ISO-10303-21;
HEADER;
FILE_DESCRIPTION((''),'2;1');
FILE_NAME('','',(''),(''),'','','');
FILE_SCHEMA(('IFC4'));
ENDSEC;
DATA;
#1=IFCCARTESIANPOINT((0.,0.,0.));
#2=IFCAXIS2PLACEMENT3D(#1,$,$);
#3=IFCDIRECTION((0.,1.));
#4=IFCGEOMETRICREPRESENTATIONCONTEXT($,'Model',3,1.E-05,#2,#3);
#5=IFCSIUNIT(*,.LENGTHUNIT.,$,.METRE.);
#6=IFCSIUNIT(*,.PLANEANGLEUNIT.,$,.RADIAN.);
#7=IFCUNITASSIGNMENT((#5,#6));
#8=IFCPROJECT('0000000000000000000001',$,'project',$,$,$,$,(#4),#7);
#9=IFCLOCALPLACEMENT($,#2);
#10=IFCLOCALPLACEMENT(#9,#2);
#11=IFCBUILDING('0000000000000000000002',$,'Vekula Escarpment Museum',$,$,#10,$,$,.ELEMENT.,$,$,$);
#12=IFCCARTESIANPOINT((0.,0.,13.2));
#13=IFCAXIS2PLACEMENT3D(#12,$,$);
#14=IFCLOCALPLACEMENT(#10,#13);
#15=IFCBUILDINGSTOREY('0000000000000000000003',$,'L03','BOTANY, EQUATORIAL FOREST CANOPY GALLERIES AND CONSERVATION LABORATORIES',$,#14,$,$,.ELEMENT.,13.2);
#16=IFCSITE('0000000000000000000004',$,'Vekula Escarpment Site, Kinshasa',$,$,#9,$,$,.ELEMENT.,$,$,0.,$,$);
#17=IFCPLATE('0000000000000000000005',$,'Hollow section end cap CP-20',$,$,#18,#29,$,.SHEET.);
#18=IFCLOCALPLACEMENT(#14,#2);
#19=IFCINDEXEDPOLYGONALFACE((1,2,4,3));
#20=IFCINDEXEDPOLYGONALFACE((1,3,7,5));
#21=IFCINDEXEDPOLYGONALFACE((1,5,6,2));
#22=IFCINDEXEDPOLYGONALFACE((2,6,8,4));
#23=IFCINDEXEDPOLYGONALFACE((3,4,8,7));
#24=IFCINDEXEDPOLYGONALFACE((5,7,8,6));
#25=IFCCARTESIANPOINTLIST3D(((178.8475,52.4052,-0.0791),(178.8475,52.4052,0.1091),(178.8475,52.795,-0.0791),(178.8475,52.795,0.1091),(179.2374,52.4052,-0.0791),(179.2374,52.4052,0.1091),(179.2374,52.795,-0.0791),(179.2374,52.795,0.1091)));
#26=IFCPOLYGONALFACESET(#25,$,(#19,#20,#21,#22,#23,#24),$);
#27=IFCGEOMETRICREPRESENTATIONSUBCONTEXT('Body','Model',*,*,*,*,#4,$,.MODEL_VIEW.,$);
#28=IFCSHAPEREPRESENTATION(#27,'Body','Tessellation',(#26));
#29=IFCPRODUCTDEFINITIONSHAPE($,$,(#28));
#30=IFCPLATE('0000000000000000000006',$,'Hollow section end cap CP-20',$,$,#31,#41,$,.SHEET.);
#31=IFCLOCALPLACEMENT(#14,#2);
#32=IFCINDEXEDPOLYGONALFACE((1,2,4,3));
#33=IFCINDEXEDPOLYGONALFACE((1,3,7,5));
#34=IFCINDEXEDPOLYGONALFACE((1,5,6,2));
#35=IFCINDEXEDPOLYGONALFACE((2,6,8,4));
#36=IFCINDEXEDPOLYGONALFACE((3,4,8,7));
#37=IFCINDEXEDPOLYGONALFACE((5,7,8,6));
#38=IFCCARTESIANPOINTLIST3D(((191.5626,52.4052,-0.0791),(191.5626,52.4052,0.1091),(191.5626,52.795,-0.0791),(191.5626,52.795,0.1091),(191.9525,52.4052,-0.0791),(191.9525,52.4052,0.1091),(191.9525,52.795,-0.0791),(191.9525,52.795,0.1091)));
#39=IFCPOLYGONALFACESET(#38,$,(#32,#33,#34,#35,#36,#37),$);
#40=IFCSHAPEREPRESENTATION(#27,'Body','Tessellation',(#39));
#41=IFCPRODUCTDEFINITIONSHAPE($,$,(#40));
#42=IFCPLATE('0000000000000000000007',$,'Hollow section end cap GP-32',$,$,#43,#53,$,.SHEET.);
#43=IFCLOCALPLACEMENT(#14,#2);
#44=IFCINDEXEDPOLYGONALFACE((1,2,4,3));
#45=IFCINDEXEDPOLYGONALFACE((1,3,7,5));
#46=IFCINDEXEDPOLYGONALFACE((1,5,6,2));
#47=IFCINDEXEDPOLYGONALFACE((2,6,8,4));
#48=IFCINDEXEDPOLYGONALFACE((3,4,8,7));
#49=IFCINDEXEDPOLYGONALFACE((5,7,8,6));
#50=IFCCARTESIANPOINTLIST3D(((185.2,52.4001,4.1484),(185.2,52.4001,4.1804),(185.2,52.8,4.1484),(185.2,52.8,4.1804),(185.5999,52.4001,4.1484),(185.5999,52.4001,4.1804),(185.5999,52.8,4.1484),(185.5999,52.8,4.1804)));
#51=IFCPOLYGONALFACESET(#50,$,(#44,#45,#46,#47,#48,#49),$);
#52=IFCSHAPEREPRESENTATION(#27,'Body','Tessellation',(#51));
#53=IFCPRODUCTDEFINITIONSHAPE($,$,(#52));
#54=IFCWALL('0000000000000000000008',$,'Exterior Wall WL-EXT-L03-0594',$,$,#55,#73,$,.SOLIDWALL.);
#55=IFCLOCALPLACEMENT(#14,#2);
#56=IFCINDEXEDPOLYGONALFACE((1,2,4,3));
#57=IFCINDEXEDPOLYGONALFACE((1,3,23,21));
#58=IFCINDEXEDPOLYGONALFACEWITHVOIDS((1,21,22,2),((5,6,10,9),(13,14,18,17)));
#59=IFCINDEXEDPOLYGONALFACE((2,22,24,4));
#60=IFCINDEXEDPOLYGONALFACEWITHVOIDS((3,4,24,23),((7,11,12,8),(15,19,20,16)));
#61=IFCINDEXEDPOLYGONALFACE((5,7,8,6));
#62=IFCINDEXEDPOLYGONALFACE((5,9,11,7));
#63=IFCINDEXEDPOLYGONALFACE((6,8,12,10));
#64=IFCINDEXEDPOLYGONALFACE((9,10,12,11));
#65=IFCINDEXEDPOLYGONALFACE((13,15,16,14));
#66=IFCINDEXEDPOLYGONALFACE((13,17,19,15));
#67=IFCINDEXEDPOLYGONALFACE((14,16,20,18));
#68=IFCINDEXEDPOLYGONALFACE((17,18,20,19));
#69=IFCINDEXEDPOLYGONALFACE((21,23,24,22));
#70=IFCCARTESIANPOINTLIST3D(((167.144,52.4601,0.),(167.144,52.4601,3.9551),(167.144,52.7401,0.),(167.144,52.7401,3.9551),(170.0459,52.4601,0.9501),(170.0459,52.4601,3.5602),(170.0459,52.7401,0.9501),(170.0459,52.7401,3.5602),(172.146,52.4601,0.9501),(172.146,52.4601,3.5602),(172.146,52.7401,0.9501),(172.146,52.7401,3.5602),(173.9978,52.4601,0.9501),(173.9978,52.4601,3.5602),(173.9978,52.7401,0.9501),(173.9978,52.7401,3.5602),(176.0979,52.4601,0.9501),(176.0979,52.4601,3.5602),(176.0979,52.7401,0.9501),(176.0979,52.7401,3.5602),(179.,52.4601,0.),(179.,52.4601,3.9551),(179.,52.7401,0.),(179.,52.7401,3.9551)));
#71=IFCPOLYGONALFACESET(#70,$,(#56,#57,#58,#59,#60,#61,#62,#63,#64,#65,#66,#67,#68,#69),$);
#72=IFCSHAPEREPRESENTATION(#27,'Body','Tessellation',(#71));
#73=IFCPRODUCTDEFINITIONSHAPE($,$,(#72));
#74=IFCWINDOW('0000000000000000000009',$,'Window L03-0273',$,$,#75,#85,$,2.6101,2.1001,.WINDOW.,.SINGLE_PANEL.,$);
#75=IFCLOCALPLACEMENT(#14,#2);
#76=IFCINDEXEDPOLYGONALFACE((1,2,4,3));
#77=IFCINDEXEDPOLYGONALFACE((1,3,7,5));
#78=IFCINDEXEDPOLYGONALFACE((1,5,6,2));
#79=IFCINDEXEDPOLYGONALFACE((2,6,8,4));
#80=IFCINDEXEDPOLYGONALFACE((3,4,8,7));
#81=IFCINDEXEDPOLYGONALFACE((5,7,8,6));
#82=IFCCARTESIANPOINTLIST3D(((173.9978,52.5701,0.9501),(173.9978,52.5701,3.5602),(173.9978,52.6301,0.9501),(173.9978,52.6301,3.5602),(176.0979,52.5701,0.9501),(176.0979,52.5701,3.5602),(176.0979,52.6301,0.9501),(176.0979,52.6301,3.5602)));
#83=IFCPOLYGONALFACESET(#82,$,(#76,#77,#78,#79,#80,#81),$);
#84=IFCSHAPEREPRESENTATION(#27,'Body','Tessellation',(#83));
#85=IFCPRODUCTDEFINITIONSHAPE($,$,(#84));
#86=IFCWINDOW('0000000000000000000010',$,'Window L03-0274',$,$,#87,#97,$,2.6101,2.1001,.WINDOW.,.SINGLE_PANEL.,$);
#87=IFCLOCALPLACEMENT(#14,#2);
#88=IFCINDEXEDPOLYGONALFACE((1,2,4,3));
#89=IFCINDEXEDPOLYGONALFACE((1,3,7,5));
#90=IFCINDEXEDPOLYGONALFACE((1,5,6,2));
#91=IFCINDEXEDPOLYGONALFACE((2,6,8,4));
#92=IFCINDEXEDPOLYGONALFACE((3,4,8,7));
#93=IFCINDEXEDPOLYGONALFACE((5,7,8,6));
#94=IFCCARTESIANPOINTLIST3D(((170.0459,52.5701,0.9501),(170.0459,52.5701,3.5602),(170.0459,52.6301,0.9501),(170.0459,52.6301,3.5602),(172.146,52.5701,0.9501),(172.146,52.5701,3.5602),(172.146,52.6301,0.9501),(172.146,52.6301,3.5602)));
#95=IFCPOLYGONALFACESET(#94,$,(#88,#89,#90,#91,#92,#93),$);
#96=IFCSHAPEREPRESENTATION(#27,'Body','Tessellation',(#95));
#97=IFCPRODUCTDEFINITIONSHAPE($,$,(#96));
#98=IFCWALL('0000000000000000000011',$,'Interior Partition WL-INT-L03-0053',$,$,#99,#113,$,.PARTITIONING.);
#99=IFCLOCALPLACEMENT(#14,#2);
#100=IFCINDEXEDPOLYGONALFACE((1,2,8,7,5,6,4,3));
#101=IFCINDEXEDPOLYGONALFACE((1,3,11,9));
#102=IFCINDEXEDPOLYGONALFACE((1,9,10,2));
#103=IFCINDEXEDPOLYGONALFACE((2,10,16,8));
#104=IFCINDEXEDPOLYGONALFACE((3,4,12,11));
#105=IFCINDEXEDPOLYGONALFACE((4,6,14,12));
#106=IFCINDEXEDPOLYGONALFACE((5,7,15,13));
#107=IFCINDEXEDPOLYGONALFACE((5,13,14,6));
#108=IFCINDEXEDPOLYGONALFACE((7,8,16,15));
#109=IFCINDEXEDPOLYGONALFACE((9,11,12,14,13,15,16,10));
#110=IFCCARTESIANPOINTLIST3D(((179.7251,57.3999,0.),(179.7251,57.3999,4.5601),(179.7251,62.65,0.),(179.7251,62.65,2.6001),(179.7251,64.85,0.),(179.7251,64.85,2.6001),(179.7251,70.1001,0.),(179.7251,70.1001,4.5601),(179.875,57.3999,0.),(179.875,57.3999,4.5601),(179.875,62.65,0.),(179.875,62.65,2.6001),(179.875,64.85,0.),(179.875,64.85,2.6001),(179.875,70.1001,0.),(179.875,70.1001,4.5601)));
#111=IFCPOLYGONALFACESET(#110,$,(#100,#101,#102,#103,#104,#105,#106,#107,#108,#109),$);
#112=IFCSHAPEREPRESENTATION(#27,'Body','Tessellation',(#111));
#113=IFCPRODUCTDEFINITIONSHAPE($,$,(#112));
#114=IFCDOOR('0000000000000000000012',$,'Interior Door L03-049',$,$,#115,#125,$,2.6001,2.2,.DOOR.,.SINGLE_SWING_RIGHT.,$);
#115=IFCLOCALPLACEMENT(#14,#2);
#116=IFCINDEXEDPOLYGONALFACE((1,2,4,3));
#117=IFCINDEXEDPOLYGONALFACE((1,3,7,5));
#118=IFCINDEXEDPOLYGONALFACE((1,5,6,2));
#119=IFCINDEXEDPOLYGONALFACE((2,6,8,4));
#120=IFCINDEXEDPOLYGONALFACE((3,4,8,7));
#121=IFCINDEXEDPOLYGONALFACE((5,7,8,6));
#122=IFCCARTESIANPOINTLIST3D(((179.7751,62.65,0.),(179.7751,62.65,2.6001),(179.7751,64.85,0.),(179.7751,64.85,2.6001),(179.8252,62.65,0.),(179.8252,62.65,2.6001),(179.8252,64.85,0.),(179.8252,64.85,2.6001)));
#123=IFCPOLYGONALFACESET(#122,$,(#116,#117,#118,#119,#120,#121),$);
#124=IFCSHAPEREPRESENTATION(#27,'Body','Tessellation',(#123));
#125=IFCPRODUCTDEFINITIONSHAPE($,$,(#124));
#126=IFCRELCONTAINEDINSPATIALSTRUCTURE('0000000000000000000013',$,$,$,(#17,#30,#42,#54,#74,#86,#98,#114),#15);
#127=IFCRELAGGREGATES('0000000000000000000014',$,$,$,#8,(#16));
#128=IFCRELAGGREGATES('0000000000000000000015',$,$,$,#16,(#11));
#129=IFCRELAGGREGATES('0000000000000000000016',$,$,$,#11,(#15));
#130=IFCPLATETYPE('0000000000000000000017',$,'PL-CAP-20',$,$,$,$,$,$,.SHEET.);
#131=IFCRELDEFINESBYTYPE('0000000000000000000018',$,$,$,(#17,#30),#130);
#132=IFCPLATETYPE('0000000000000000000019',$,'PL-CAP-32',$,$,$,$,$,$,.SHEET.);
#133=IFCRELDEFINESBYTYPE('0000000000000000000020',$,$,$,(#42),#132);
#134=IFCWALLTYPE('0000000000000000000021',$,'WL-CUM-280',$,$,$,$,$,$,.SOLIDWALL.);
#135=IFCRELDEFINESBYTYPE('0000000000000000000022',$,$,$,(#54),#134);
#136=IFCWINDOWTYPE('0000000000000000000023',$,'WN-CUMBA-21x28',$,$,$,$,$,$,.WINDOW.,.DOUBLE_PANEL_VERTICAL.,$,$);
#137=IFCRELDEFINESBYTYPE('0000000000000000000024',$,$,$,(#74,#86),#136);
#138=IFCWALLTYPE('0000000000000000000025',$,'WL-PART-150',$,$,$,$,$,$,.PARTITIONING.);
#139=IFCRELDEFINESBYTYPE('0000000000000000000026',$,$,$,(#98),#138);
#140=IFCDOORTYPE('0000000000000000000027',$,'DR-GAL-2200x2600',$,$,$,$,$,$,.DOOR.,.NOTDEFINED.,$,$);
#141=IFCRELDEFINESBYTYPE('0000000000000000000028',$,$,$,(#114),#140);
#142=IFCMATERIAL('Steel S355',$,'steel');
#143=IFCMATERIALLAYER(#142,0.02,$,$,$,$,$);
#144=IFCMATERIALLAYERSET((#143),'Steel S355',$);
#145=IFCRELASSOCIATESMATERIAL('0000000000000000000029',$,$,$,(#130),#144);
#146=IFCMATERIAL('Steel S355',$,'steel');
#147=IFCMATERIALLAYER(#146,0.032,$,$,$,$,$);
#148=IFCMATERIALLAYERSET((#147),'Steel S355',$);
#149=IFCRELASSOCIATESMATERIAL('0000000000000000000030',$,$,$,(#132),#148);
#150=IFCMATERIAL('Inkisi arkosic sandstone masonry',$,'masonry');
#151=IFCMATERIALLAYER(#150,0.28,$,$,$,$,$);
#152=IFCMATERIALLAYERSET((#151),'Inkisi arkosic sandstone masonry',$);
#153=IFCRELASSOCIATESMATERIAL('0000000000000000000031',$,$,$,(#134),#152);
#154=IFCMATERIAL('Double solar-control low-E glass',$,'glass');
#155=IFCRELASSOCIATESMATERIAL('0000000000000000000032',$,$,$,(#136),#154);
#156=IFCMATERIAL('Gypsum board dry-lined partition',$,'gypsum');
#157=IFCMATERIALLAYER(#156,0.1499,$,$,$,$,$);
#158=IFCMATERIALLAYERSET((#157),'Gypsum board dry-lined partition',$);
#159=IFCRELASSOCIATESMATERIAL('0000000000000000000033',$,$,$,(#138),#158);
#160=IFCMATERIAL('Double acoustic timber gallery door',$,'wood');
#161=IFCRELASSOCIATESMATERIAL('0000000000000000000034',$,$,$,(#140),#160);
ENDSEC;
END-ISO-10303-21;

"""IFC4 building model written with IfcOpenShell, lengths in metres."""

from ifc_helpers import new_model, si_unit, direction, frame, frame_2d, origin, origin_2d, place, context, subcontext, project, spatial, rectangle, extrude, material, layer, layer_set, type_object, element, fill, save


model = new_model("IFC4")

# Units and contexts
model_context = context("Model", 3, precision=1e-05, world=origin(), true_north=direction((0.0, 1.0)))
body_context = subcontext(model_context, "Body", "Model", "MODEL_VIEW")
ifc_project = project(units=[si_unit("LENGTHUNIT", "METRE"), si_unit("PLANEANGLEUNIT", "RADIAN")], contexts=[model_context])

# Site, building, storey
site_placement = place(None, origin())
site = spatial("IfcSite", under=ifc_project, at=site_placement, Name="Vekula Escarpment Site, Kinshasa", CompositionType="ELEMENT", RefElevation=0.0)
building_placement = place(site_placement, origin())
building = spatial("IfcBuilding", under=site, at=building_placement, Name="Vekula Escarpment Museum", CompositionType="ELEMENT")
storey_placement = place(building_placement, frame((0.0, 0.0, 13.2)))
storey = spatial("IfcBuildingStorey", under=building, at=storey_placement, Name="L03", Description="BOTANY, EQUATORIAL FOREST CANOPY GALLERIES AND CONSERVATION LABORATORIES", CompositionType="ELEMENT", Elevation=13.2)

# Plates
ifc_material_1 = material(Name="Steel S355", Category="steel")
ifc_layer_1 = layer(ifc_material_1, 0.02)
ifc_layer_set_1 = layer_set([ifc_layer_1], Name="Steel S355")
plate_type_1 = type_object("IfcPlateType", Name="PL-CAP-20", PredefinedType="SHEET", material=ifc_layer_set_1)
for number, where, z_axis, x_axis, name in (
    (1, (179.0425, 52.6001, -0.0791), (0.0, 0.0, 1.0), (1.0, 0.0, 0.0), "Hollow section end cap CP-20"),
    (2, (191.7576, 52.6001, -0.0791), (0.0, 0.0, 1.0), (1.0, 0.0, 0.0), "Hollow section end cap CP-20"),
):
    element("IfcPlate", number, at=place(storey_placement, frame(where, z_axis=z_axis, x_axis=x_axis)), inside=storey, type_object=plate_type_1, Name=name, PredefinedType="SHEET", context=body_context, shape_type="SweptSolid", body=[
        extrude(rectangle(XDim=0.3899, YDim=0.3899, at=origin_2d()), origin(), (0.0, 0.0, 1.0), 0.1882),
    ])
ifc_material_2 = material(Name="Steel S355", Category="steel")
ifc_layer_2 = layer(ifc_material_2, 0.032)
ifc_layer_set_2 = layer_set([ifc_layer_2], Name="Steel S355")
plate_type_2 = type_object("IfcPlateType", Name="PL-CAP-32", PredefinedType="SHEET", material=ifc_layer_set_2)
plate_1_placement = place(storey_placement, frame((185.3999, 52.6001, 4.1484), z_axis=(0.0, 0.0, 1.0), x_axis=(1.0, 0.0, 0.0)))
element("IfcPlate", 3, at=plate_1_placement, inside=storey, type_object=plate_type_2, Name="Hollow section end cap GP-32", PredefinedType="SHEET", context=body_context, shape_type="SweptSolid", body=[
    extrude(rectangle(XDim=0.3999, YDim=0.3999, at=origin_2d()), origin(), (0.0, 0.0, 1.0), 0.032),
])

# Wall, openings, windows
ifc_material_3 = material(Name="Inkisi arkosic sandstone masonry", Category="masonry")
ifc_layer_3 = layer(ifc_material_3, 0.28)
ifc_layer_set_3 = layer_set([ifc_layer_3], Name="Inkisi arkosic sandstone masonry")
wall_type_1 = type_object("IfcWallType", Name="WL-CUM-280", PredefinedType="SOLIDWALL", material=ifc_layer_set_3)
wall_1_placement = place(storey_placement, frame((179.0, 52.6001, 0.0), z_axis=(0.0, 0.0, 1.0), x_axis=(-1.0, 0.0, 0.0)))
wall_1 = element("IfcWall", 4, at=wall_1_placement, inside=storey, type_object=wall_type_1, Name="Exterior Wall WL-EXT-L03-0594", PredefinedType="SOLIDWALL", context=body_context, shape_type="SweptSolid", body=[
    extrude(rectangle(XDim=11.856, YDim=0.28, at=frame_2d((5.928, 0.0))), origin(), (0.0, 0.0, 1.0), 3.9551),
])
opening_1_placement = place(wall_1_placement, frame((2.9021, 0.0, 0.95)))
opening_1 = element("IfcOpeningElement", 5, at=opening_1_placement, cuts=wall_1, PredefinedType="OPENING", context=body_context, shape_type="SweptSolid", body=[
    extrude(rectangle(XDim=2.1001, YDim=2.6101, at=frame_2d((1.05, 1.3052))), frame((0.0, 0.1499, 0.0), z_axis=(0.0, -1.0, 0.0), x_axis=(1.0, 0.0, 0.0)), (0.0, 0.0, 1.0), 0.3),
])
opening_2_placement = place(wall_1_placement, frame((6.854, 0.0, 0.95)))
opening_2 = element("IfcOpeningElement", 6, at=opening_2_placement, cuts=wall_1, PredefinedType="OPENING", context=body_context, shape_type="SweptSolid", body=[
    extrude(rectangle(XDim=2.1001, YDim=2.6101, at=frame_2d((1.05, 1.3052))), frame((0.0, 0.1499, 0.0), z_axis=(0.0, -1.0, 0.0), x_axis=(1.0, 0.0, 0.0)), (0.0, 0.0, 1.0), 0.3),
])
ifc_material_4 = material(Name="Double solar-control low-E glass", Category="glass")
window_type = type_object("IfcWindowType", Name="WN-CUMBA-21x28", PartitioningType="DOUBLE_PANEL_VERTICAL", PredefinedType="WINDOW", material=ifc_material_4)
window_1_placement = place(opening_1_placement, origin())
window_1 = element("IfcWindow", 7, at=window_1_placement, inside=storey, type_object=window_type, Name="Window L03-0273", OverallHeight=2.6101, OverallWidth=2.1001, PartitioningType="SINGLE_PANEL", PredefinedType="WINDOW", context=body_context, shape_type="SweptSolid", body=[
    extrude(rectangle(XDim=2.1001, YDim=2.6101, at=frame_2d((1.05, 1.3052))), frame((0.0, 0.03, 0.0), z_axis=(0.0, -1.0, 0.0), x_axis=(1.0, 0.0, 0.0)), (0.0, 0.0, 1.0), 0.0601),
])
fill(opening_1, window_1)
window_2_placement = place(opening_2_placement, origin())
window_2 = element("IfcWindow", 8, at=window_2_placement, inside=storey, type_object=window_type, Name="Window L03-0274", OverallHeight=2.6101, OverallWidth=2.1001, PartitioningType="SINGLE_PANEL", PredefinedType="WINDOW", context=body_context, shape_type="SweptSolid", body=[
    extrude(rectangle(XDim=2.1001, YDim=2.6101, at=frame_2d((1.05, 1.3052))), frame((0.0, 0.03, 0.0), z_axis=(0.0, -1.0, 0.0), x_axis=(1.0, 0.0, 0.0)), (0.0, 0.0, 1.0), 0.0601),
])
fill(opening_2, window_2)

# Wall, opening, door
ifc_material_5 = material(Name="Gypsum board dry-lined partition", Category="gypsum")
ifc_layer_4 = layer(ifc_material_5, 0.1499)
ifc_layer_set_4 = layer_set([ifc_layer_4], Name="Gypsum board dry-lined partition")
wall_type_2 = type_object("IfcWallType", Name="WL-PART-150", PredefinedType="PARTITIONING", material=ifc_layer_set_4)
wall_2_placement = place(storey_placement, frame((179.8, 57.3999, 0.0), z_axis=(0.0, 0.0, 1.0), x_axis=(0.0, 1.0, 0.0)))
wall_2 = element("IfcWall", 9, at=wall_2_placement, inside=storey, type_object=wall_type_2, Name="Interior Partition WL-INT-L03-0053", PredefinedType="PARTITIONING", context=body_context, shape_type="SweptSolid", body=[
    extrude(rectangle(XDim=12.7002, YDim=0.1499, at=frame_2d((6.3501, 0.0))), origin(), (0.0, 0.0, 1.0), 4.5601),
])
opening_3_placement = place(wall_2_placement, frame((5.25, 0.0, 0.0)))
opening_3 = element("IfcOpeningElement", 10, at=opening_3_placement, cuts=wall_2, PredefinedType="OPENING", context=body_context, shape_type="SweptSolid", body=[
    extrude(rectangle(XDim=2.2, YDim=2.6001, at=frame_2d((1.1001, 1.3))), frame((0.0, 0.085, 0.0), z_axis=(0.0, -1.0, 0.0), x_axis=(1.0, 0.0, 0.0)), (0.0, 0.0, 1.0), 0.1699),
])
ifc_material_6 = material(Name="Double acoustic timber gallery door", Category="wood")
door_type = type_object("IfcDoorType", Name="DR-GAL-2200x2600", OperationType="NOTDEFINED", PredefinedType="DOOR", material=ifc_material_6)
door_placement = place(opening_3_placement, origin())
door = element("IfcDoor", 11, at=door_placement, inside=storey, type_object=door_type, Name="Interior Door L03-049", OperationType="SINGLE_SWING_RIGHT", OverallHeight=2.6001, OverallWidth=2.2, PredefinedType="DOOR", context=body_context, shape_type="SweptSolid", body=[
    extrude(rectangle(XDim=2.2, YDim=2.6001, at=frame_2d((1.1001, 1.3))), frame((0.0, 0.0249, 0.0), z_axis=(0.0, -1.0, 0.0), x_axis=(1.0, 0.0, 0.0)), (0.0, 0.0, 1.0), 0.05),
])
fill(opening_3, door)

save(model, "model.ifc")
